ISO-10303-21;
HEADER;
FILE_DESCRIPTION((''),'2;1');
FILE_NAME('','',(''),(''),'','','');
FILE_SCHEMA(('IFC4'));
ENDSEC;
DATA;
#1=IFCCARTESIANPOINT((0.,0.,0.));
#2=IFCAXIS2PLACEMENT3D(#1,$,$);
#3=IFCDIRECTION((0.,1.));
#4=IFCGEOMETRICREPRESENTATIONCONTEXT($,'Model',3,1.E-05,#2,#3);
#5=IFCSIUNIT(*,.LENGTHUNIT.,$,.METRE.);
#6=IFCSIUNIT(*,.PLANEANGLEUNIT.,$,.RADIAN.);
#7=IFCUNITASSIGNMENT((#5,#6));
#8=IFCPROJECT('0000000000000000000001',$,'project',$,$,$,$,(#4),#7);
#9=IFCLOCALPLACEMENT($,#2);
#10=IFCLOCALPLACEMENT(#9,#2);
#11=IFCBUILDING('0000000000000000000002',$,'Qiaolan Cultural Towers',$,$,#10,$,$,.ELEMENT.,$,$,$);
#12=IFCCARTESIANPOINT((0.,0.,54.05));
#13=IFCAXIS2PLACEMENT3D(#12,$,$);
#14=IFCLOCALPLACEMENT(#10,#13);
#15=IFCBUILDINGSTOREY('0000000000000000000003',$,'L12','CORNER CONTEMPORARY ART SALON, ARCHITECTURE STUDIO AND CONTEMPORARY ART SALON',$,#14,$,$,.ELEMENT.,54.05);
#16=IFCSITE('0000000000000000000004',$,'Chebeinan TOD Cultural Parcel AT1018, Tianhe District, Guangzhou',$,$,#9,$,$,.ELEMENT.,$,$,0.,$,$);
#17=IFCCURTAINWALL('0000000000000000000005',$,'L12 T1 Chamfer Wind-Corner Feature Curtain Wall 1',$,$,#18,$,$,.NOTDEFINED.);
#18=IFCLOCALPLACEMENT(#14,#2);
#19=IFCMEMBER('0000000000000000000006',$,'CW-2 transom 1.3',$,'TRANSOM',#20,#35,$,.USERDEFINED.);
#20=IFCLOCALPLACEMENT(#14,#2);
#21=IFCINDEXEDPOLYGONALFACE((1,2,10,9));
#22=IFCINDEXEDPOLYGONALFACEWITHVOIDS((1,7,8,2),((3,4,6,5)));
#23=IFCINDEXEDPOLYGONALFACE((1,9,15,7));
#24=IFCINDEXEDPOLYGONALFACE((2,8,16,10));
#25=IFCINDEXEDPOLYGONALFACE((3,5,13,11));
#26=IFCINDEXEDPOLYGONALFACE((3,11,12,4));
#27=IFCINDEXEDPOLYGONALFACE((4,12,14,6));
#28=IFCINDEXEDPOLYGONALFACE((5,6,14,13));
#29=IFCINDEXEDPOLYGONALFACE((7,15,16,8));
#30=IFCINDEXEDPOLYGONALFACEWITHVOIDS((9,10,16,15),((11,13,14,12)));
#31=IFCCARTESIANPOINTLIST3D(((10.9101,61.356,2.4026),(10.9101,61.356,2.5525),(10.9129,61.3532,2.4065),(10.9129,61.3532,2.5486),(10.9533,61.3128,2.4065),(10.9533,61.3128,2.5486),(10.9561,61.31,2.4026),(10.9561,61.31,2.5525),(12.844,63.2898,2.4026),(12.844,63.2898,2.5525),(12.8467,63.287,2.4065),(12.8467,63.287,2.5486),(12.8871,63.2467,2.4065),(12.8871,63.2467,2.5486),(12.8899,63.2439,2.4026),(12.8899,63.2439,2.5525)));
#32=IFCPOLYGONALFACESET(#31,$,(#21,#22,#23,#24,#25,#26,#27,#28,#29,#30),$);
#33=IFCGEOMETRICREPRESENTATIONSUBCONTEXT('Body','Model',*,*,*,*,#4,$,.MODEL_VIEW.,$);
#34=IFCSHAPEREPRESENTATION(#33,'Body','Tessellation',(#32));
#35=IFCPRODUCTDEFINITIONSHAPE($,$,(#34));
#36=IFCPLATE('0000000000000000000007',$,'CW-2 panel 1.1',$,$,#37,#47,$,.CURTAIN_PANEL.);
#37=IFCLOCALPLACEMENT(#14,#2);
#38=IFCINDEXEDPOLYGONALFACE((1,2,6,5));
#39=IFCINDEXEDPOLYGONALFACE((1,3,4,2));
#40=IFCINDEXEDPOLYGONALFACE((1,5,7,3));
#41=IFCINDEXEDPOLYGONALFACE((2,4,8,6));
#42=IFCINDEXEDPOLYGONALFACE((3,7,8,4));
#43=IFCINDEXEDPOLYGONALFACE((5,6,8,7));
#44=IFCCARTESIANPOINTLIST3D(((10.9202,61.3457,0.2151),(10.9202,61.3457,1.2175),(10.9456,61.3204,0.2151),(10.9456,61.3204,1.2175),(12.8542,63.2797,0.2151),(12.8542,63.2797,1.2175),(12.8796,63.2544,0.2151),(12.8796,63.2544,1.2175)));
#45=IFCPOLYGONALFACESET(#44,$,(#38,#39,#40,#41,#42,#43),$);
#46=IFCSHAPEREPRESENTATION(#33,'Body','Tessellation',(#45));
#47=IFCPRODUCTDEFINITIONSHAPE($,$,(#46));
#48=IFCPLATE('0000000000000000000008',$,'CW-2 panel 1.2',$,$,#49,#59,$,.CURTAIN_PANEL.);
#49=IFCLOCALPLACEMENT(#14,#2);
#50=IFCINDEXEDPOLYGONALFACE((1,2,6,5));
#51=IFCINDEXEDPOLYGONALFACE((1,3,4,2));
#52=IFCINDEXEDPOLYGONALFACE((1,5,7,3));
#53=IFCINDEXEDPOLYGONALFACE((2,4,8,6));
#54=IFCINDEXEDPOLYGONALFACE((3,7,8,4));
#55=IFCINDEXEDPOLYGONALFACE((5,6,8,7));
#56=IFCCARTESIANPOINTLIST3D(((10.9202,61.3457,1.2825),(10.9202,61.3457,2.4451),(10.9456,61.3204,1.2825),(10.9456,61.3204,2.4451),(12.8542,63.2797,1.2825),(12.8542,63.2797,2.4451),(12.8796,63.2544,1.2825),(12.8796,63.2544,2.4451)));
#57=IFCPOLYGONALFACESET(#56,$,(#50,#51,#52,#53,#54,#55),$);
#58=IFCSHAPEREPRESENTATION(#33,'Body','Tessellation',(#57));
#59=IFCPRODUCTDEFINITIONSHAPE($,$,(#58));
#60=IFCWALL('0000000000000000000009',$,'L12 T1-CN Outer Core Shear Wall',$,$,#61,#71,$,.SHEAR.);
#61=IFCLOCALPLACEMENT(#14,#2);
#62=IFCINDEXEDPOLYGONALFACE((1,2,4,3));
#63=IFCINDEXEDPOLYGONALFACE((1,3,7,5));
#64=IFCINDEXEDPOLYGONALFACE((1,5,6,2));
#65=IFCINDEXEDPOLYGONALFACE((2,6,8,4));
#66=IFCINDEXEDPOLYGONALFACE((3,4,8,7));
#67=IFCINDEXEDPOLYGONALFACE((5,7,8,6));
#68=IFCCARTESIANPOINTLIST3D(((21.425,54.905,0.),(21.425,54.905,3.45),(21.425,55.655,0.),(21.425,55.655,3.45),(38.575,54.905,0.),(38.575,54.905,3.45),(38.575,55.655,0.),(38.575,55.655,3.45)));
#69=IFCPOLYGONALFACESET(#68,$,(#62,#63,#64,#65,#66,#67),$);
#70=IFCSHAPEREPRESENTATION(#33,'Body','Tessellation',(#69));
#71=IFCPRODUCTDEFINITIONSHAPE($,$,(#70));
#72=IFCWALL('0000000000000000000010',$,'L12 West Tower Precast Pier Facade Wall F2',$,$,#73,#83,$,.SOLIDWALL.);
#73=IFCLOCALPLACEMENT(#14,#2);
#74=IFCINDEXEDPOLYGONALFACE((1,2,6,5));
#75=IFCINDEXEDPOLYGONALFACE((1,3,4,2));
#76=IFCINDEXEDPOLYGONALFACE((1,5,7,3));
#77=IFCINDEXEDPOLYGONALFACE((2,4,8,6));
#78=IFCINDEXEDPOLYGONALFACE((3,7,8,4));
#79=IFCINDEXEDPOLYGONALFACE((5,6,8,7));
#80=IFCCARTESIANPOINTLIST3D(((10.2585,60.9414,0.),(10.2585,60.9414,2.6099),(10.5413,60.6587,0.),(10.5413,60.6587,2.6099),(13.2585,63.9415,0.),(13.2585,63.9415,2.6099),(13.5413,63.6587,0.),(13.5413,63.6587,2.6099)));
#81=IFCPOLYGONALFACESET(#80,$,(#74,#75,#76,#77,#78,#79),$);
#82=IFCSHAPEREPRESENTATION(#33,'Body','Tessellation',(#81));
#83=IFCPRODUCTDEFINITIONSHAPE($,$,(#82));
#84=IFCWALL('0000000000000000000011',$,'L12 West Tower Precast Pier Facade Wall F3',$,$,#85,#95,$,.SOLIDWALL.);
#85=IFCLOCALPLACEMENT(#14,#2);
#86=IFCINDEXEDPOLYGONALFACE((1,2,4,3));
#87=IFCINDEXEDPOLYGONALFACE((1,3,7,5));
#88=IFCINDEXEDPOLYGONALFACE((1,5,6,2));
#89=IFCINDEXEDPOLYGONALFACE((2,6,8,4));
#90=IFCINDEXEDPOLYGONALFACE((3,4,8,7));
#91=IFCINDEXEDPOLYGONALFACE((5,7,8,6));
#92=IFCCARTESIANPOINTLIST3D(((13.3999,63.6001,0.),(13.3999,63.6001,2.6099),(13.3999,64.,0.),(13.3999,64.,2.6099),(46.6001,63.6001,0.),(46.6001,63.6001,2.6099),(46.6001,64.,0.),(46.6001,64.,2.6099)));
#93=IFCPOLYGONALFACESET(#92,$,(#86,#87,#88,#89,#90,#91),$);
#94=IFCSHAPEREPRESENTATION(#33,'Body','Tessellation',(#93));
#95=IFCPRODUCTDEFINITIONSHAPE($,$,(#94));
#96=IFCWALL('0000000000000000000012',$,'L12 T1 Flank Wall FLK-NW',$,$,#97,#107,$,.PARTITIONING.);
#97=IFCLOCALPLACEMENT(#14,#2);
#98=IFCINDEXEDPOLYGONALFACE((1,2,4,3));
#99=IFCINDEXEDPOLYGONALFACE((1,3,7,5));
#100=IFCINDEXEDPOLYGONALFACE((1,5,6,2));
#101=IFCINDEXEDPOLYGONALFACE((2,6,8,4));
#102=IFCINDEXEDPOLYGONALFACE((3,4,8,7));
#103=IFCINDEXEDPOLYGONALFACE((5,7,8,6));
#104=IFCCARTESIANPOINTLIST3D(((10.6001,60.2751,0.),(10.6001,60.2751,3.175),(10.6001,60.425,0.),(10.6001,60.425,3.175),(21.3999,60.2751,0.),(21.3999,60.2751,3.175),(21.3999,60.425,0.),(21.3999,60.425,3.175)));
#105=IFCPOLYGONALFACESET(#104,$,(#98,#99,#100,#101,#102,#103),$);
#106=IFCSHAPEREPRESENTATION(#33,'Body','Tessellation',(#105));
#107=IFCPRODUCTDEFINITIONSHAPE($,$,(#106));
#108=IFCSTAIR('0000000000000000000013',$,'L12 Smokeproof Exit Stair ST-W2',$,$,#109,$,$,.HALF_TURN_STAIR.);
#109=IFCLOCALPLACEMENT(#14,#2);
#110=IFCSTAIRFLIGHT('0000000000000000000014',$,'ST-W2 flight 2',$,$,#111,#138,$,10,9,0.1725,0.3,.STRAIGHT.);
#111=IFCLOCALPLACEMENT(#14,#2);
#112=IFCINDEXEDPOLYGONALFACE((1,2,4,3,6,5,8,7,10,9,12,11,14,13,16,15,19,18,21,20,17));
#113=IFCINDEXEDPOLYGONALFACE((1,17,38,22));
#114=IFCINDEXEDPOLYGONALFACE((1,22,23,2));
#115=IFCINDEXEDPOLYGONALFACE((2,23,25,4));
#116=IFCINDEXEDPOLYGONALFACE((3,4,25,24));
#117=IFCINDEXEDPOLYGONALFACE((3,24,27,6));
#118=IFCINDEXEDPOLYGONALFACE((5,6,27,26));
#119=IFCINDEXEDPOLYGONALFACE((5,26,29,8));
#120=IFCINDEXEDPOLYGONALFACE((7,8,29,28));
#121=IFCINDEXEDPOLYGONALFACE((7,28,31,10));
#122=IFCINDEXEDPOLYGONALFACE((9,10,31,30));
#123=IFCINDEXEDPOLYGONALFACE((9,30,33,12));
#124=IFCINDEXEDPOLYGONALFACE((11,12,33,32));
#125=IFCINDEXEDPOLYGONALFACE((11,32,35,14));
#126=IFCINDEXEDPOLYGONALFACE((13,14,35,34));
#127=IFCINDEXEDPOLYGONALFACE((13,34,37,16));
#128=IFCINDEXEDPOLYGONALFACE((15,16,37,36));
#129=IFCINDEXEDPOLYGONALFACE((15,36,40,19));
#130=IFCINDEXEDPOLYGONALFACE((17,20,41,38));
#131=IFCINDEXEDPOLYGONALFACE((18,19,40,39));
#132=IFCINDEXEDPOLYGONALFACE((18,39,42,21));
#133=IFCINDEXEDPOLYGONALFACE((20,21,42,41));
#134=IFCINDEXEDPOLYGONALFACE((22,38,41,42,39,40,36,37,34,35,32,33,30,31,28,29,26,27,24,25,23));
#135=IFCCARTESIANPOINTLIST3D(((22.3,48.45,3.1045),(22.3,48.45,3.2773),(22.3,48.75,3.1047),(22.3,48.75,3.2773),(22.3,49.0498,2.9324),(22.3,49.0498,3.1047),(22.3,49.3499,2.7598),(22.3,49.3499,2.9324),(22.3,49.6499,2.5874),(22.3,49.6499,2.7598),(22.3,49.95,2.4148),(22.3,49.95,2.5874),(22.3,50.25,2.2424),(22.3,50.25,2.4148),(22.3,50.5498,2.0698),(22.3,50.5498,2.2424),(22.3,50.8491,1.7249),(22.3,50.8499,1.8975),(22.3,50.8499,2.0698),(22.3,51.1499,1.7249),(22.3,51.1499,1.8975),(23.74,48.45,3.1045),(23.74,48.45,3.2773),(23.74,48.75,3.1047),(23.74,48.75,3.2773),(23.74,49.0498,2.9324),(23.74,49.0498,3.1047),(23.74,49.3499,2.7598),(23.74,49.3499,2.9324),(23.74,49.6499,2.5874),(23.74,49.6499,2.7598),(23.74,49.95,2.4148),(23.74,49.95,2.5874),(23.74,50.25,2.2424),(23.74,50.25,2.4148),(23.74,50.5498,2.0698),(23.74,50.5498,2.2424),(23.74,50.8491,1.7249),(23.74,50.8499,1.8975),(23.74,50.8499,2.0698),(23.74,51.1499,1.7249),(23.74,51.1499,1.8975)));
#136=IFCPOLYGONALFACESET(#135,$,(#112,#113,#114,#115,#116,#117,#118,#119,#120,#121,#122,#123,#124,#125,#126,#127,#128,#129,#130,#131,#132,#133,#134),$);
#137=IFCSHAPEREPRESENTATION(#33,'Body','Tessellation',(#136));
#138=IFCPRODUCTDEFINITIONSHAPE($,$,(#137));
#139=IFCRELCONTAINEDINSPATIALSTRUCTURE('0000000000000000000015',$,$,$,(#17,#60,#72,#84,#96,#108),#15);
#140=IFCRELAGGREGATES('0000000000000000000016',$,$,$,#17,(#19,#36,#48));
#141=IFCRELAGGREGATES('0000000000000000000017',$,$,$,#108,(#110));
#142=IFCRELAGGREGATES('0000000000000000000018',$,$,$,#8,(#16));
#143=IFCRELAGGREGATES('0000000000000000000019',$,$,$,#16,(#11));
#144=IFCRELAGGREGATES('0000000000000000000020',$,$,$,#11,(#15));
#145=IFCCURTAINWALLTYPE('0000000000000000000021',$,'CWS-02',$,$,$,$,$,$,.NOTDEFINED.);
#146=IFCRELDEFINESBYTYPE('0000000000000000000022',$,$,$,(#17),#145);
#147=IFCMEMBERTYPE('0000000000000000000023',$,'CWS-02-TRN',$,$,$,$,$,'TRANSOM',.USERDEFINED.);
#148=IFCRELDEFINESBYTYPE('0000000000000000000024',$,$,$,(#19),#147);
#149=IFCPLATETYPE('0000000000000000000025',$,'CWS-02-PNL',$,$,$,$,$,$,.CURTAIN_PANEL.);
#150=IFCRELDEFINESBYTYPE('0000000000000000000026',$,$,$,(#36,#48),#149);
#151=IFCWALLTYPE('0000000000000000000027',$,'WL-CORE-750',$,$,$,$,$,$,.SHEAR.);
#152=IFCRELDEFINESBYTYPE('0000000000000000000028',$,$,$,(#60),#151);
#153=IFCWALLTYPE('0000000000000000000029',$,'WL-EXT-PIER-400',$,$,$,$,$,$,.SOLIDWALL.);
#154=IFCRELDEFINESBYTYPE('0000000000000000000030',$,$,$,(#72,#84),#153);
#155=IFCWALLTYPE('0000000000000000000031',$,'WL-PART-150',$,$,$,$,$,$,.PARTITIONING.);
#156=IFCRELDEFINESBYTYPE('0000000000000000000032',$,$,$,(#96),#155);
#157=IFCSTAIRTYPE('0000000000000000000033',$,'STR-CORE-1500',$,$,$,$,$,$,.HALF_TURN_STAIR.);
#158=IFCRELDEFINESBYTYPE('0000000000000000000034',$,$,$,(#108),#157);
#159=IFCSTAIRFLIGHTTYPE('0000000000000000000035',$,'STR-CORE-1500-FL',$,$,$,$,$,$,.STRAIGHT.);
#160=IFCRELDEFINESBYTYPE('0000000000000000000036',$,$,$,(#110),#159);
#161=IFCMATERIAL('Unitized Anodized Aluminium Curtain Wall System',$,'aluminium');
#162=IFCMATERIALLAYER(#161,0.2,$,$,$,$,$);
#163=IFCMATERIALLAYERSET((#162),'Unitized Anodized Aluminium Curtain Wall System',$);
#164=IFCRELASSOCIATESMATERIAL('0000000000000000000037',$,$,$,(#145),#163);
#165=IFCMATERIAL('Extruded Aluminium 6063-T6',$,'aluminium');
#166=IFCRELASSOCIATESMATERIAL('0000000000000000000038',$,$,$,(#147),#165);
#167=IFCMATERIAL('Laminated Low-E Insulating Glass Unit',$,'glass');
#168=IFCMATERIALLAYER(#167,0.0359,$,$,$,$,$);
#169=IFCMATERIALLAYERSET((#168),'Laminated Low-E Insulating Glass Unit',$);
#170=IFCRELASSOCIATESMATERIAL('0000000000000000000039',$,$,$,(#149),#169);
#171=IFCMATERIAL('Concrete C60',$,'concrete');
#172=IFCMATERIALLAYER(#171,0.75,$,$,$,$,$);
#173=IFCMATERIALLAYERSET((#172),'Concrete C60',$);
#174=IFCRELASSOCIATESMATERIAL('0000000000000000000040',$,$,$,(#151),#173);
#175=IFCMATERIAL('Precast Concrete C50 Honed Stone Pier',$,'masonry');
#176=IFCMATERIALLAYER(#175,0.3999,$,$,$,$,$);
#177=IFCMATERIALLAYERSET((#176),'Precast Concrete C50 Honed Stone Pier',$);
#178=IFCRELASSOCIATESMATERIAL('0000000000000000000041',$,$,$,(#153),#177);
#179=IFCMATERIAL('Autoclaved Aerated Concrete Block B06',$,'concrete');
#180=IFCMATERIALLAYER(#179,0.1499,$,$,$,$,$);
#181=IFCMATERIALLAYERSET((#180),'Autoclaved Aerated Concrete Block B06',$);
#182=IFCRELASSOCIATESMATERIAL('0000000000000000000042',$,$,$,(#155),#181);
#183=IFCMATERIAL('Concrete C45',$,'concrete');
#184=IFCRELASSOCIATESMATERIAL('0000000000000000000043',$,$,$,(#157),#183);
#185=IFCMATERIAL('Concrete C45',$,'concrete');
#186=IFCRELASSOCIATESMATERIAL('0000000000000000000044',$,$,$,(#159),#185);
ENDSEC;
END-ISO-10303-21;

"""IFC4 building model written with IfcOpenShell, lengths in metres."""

from ifc_helpers import new_model, si_unit, direction, frame, frame_2d, origin, origin_2d, place, context, subcontext, project, spatial, polyline, rectangle, hollow_rectangle, outline, extrude, material, layer, layer_set, material_profile, profile_set, type_object, element, aggregate, save


model = new_model("IFC4")

# Units and contexts
model_context = context("Model", 3, precision=1e-05, world=origin(), true_north=direction((0.0, 1.0)))
body_context = subcontext(model_context, "Body", "Model", "MODEL_VIEW")
ifc_project = project(units=[si_unit("LENGTHUNIT", "METRE"), si_unit("PLANEANGLEUNIT", "RADIAN")], contexts=[model_context])

# Site, building, storey
site_placement = place(None, origin())
site = spatial("IfcSite", under=ifc_project, at=site_placement, Name="Chebeinan TOD Cultural Parcel AT1018, Tianhe District, Guangzhou", CompositionType="ELEMENT", RefElevation=0.0)
building_placement = place(site_placement, origin())
building = spatial("IfcBuilding", under=site, at=building_placement, Name="Qiaolan Cultural Towers", CompositionType="ELEMENT")
storey_placement = place(building_placement, frame((0.0, 0.0, 54.05)))
storey = spatial("IfcBuildingStorey", under=building, at=storey_placement, Name="L12", Description="CORNER CONTEMPORARY ART SALON, ARCHITECTURE STUDIO AND CONTEMPORARY ART SALON", CompositionType="ELEMENT", Elevation=54.05)

# Curtain wall, member, plates
ifc_material_1 = material(Name="Unitized Anodized Aluminium Curtain Wall System", Category="aluminium")
ifc_layer_1 = layer(ifc_material_1, 0.2)
ifc_layer_set_1 = layer_set([ifc_layer_1], Name="Unitized Anodized Aluminium Curtain Wall System")
curtain_wall_type = type_object("IfcCurtainWallType", Name="CWS-02", PredefinedType="NOTDEFINED", material=ifc_layer_set_1)
curtain_wall_placement = place(storey_placement, origin())
curtain_wall = element("IfcCurtainWall", 1, at=curtain_wall_placement, inside=storey, type_object=curtain_wall_type, Name="L12 T1 Chamfer Wind-Corner Feature Curtain Wall 1", PredefinedType="NOTDEFINED")
ifc_material_2 = material(Name="Extruded Aluminium 6063-T6", Category="aluminium")
ifc_material_profile_1 = material_profile(ifc_material_2, hollow_rectangle(XDim=0.0649, YDim=0.1499, WallThickness=0.0039, at=origin_2d()), Name="CWT-150x65x4")
ifc_profile_set_1 = profile_set([ifc_material_profile_1], Name="Extruded Aluminium 6063-T6")
member_type_1 = type_object("IfcMemberType", Name="CWS-02-TRN", ElementType="TRANSOM", PredefinedType="USERDEFINED", material=ifc_profile_set_1)
member_1_placement = place(storey_placement, frame((10.9331, 61.333, 2.4775), z_axis=(0.707107, 0.707107, 0.0), x_axis=(-0.707107, 0.707107, 0.0)))
member_1 = element("IfcMember", 2, at=member_1_placement, type_object=member_type_1, Name="CW-2 transom 1.3", ObjectType="TRANSOM", PredefinedType="USERDEFINED", context=body_context, shape_type="SweptSolid", body=[
    extrude(hollow_rectangle(XDim=0.0649, YDim=0.1499, WallThickness=0.0039, at=origin_2d()), origin(), (0.0, 0.0, 1.0), 2.7349),
])
ifc_material_3 = material(Name="Laminated Low-E Insulating Glass Unit", Category="glass")
ifc_layer_2 = layer(ifc_material_3, 0.0359)
ifc_layer_set_2 = layer_set([ifc_layer_2], Name="Laminated Low-E Insulating Glass Unit")
plate_type = type_object("IfcPlateType", Name="CWS-02-PNL", PredefinedType="CURTAIN_PANEL", material=ifc_layer_set_2)
plate_1_placement = place(storey_placement, frame((11.8999, 62.3, 0.2151), z_axis=(0.0, 0.0, 1.0), x_axis=(0.707107, 0.707107, 0.0)))
plate_1 = element("IfcPlate", 3, at=plate_1_placement, type_object=plate_type, Name="CW-2 panel 1.1", PredefinedType="CURTAIN_PANEL", context=body_context, shape_type="SweptSolid", body=[
    extrude(rectangle(XDim=2.7351, YDim=0.0359, at=origin_2d()), origin(), (0.0, 0.0, 1.0), 1.0024),
])
plate_2_placement = place(storey_placement, frame((11.8999, 62.3, 1.2825), z_axis=(0.0, 0.0, 1.0), x_axis=(0.707107, 0.707107, 0.0)))
plate_2 = element("IfcPlate", 4, at=plate_2_placement, type_object=plate_type, Name="CW-2 panel 1.2", PredefinedType="CURTAIN_PANEL", context=body_context, shape_type="SweptSolid", body=[
    extrude(rectangle(XDim=2.7351, YDim=0.0359, at=origin_2d()), origin(), (0.0, 0.0, 1.0), 1.1626),
])
aggregate(curtain_wall, [member_1, plate_1, plate_2])

# Walls
ifc_material_4 = material(Name="Concrete C60", Category="concrete")
ifc_layer_3 = layer(ifc_material_4, 0.75)
ifc_layer_set_3 = layer_set([ifc_layer_3], Name="Concrete C60")
wall_type_1 = type_object("IfcWallType", Name="WL-CORE-750", PredefinedType="SHEAR", material=ifc_layer_set_3)
wall_1_placement = place(storey_placement, frame((21.425, 55.28, 0.0), z_axis=(0.0, 0.0, 1.0), x_axis=(1.0, 0.0, 0.0)))
element("IfcWall", 5, at=wall_1_placement, inside=storey, type_object=wall_type_1, Name="L12 T1-CN Outer Core Shear Wall", PredefinedType="SHEAR", context=body_context, shape_type="SweptSolid", body=[
    extrude(rectangle(XDim=17.1499, YDim=0.75, at=frame_2d((8.575, 0.0))), origin(), (0.0, 0.0, 1.0), 3.45),
])
ifc_material_5 = material(Name="Precast Concrete C50 Honed Stone Pier", Category="masonry")
ifc_layer_4 = layer(ifc_material_5, 0.3999)
ifc_layer_set_4 = layer_set([ifc_layer_4], Name="Precast Concrete C50 Honed Stone Pier")
wall_type_2 = type_object("IfcWallType", Name="WL-EXT-PIER-400", PredefinedType="SOLIDWALL", material=ifc_layer_set_4)
wall_2_placement = place(storey_placement, frame((10.3999, 60.8, 0.0), z_axis=(0.0, 0.0, 1.0), x_axis=(0.707107, 0.707107, 0.0)))
element("IfcWall", 6, at=wall_2_placement, inside=storey, type_object=wall_type_2, Name="L12 West Tower Precast Pier Facade Wall F2", PredefinedType="SOLIDWALL", context=body_context, shape_type="SweptSolid", body=[
    extrude(rectangle(XDim=4.2427, YDim=0.3999, at=frame_2d((2.1213, 0.0))), origin(), (0.0, 0.0, 1.0), 2.6099),
])
wall_3_placement = place(storey_placement, frame((13.3999, 63.8, 0.0), z_axis=(0.0, 0.0, 1.0), x_axis=(1.0, 0.0, 0.0)))
element("IfcWall", 7, at=wall_3_placement, inside=storey, type_object=wall_type_2, Name="L12 West Tower Precast Pier Facade Wall F3", PredefinedType="SOLIDWALL", context=body_context, shape_type="SweptSolid", body=[
    extrude(rectangle(XDim=33.2002, YDim=0.3999, at=frame_2d((16.6001, 0.0))), origin(), (0.0, 0.0, 1.0), 2.6099),
])
ifc_material_6 = material(Name="Autoclaved Aerated Concrete Block B06", Category="concrete")
ifc_layer_5 = layer(ifc_material_6, 0.1499)
ifc_layer_set_5 = layer_set([ifc_layer_5], Name="Autoclaved Aerated Concrete Block B06")
wall_type_3 = type_object("IfcWallType", Name="WL-PART-150", PredefinedType="PARTITIONING", material=ifc_layer_set_5)
wall_4_placement = place(storey_placement, frame((10.6001, 60.3501, 0.0), z_axis=(0.0, 0.0, 1.0), x_axis=(1.0, 0.0, 0.0)))
element("IfcWall", 8, at=wall_4_placement, inside=storey, type_object=wall_type_3, Name="L12 T1 Flank Wall FLK-NW", PredefinedType="PARTITIONING", context=body_context, shape_type="SweptSolid", body=[
    extrude(rectangle(XDim=10.7998, YDim=0.1499, at=frame_2d((5.3999, 0.0))), origin(), (0.0, 0.0, 1.0), 3.175),
])

# Stair, stair flight
ifc_material_7 = material(Name="Concrete C45", Category="concrete")
stair_type = type_object("IfcStairType", Name="STR-CORE-1500", PredefinedType="HALF_TURN_STAIR", material=ifc_material_7)
stair_placement = place(storey_placement, origin())
stair = element("IfcStair", 9, at=stair_placement, inside=storey, type_object=stair_type, Name="L12 Smokeproof Exit Stair ST-W2", PredefinedType="HALF_TURN_STAIR")
ifc_material_8 = material(Name="Concrete C45", Category="concrete")
stair_flight_type = type_object("IfcStairFlightType", Name="STR-CORE-1500-FL", PredefinedType="STRAIGHT", material=ifc_material_8)
stair_flight_placement = place(storey_placement, frame((23.02, 51.1499, 1.7249), z_axis=(0.0, 0.0, 1.0), x_axis=(0.0, -1.0, 0.0)))
stair_flight = element("IfcStairFlight", 10, at=stair_flight_placement, type_object=stair_flight_type, Name="ST-W2 flight 2", NumberOfRisers=10, NumberOfTreads=9, PredefinedType="STRAIGHT", RiserHeight=0.1725, TreadLength=0.3, context=body_context, shape_type="SweptSolid", body=[
    extrude(outline(polyline([(0.0, 0.0), (0.0, 0.1726), (0.3, 0.1726), (0.3, 0.345), (0.6001, 0.345), (0.6001, 0.5176), (0.8999, 0.5176), (0.8999, 0.6899), (1.2, 0.6899), (1.2, 0.8625), (1.5, 0.8625), (1.5, 1.0349), (1.8, 1.0349), (1.8, 1.2075), (2.1001, 1.2075), (2.1001, 1.3799), (2.3999, 1.3799), (2.3999, 1.5525), (2.7, 1.5525), (2.7, 1.7251), (2.7, 1.3796), (0.3008, 0.0), (0.0, 0.0)])), frame((0.0, 0.72, 0.0), z_axis=(0.0, -1.0, 0.0), x_axis=(1.0, 0.0, 0.0)), (0.0, 0.0, 1.0), 1.4399),
])
aggregate(stair, [stair_flight])

save(model, "model.ifc")
